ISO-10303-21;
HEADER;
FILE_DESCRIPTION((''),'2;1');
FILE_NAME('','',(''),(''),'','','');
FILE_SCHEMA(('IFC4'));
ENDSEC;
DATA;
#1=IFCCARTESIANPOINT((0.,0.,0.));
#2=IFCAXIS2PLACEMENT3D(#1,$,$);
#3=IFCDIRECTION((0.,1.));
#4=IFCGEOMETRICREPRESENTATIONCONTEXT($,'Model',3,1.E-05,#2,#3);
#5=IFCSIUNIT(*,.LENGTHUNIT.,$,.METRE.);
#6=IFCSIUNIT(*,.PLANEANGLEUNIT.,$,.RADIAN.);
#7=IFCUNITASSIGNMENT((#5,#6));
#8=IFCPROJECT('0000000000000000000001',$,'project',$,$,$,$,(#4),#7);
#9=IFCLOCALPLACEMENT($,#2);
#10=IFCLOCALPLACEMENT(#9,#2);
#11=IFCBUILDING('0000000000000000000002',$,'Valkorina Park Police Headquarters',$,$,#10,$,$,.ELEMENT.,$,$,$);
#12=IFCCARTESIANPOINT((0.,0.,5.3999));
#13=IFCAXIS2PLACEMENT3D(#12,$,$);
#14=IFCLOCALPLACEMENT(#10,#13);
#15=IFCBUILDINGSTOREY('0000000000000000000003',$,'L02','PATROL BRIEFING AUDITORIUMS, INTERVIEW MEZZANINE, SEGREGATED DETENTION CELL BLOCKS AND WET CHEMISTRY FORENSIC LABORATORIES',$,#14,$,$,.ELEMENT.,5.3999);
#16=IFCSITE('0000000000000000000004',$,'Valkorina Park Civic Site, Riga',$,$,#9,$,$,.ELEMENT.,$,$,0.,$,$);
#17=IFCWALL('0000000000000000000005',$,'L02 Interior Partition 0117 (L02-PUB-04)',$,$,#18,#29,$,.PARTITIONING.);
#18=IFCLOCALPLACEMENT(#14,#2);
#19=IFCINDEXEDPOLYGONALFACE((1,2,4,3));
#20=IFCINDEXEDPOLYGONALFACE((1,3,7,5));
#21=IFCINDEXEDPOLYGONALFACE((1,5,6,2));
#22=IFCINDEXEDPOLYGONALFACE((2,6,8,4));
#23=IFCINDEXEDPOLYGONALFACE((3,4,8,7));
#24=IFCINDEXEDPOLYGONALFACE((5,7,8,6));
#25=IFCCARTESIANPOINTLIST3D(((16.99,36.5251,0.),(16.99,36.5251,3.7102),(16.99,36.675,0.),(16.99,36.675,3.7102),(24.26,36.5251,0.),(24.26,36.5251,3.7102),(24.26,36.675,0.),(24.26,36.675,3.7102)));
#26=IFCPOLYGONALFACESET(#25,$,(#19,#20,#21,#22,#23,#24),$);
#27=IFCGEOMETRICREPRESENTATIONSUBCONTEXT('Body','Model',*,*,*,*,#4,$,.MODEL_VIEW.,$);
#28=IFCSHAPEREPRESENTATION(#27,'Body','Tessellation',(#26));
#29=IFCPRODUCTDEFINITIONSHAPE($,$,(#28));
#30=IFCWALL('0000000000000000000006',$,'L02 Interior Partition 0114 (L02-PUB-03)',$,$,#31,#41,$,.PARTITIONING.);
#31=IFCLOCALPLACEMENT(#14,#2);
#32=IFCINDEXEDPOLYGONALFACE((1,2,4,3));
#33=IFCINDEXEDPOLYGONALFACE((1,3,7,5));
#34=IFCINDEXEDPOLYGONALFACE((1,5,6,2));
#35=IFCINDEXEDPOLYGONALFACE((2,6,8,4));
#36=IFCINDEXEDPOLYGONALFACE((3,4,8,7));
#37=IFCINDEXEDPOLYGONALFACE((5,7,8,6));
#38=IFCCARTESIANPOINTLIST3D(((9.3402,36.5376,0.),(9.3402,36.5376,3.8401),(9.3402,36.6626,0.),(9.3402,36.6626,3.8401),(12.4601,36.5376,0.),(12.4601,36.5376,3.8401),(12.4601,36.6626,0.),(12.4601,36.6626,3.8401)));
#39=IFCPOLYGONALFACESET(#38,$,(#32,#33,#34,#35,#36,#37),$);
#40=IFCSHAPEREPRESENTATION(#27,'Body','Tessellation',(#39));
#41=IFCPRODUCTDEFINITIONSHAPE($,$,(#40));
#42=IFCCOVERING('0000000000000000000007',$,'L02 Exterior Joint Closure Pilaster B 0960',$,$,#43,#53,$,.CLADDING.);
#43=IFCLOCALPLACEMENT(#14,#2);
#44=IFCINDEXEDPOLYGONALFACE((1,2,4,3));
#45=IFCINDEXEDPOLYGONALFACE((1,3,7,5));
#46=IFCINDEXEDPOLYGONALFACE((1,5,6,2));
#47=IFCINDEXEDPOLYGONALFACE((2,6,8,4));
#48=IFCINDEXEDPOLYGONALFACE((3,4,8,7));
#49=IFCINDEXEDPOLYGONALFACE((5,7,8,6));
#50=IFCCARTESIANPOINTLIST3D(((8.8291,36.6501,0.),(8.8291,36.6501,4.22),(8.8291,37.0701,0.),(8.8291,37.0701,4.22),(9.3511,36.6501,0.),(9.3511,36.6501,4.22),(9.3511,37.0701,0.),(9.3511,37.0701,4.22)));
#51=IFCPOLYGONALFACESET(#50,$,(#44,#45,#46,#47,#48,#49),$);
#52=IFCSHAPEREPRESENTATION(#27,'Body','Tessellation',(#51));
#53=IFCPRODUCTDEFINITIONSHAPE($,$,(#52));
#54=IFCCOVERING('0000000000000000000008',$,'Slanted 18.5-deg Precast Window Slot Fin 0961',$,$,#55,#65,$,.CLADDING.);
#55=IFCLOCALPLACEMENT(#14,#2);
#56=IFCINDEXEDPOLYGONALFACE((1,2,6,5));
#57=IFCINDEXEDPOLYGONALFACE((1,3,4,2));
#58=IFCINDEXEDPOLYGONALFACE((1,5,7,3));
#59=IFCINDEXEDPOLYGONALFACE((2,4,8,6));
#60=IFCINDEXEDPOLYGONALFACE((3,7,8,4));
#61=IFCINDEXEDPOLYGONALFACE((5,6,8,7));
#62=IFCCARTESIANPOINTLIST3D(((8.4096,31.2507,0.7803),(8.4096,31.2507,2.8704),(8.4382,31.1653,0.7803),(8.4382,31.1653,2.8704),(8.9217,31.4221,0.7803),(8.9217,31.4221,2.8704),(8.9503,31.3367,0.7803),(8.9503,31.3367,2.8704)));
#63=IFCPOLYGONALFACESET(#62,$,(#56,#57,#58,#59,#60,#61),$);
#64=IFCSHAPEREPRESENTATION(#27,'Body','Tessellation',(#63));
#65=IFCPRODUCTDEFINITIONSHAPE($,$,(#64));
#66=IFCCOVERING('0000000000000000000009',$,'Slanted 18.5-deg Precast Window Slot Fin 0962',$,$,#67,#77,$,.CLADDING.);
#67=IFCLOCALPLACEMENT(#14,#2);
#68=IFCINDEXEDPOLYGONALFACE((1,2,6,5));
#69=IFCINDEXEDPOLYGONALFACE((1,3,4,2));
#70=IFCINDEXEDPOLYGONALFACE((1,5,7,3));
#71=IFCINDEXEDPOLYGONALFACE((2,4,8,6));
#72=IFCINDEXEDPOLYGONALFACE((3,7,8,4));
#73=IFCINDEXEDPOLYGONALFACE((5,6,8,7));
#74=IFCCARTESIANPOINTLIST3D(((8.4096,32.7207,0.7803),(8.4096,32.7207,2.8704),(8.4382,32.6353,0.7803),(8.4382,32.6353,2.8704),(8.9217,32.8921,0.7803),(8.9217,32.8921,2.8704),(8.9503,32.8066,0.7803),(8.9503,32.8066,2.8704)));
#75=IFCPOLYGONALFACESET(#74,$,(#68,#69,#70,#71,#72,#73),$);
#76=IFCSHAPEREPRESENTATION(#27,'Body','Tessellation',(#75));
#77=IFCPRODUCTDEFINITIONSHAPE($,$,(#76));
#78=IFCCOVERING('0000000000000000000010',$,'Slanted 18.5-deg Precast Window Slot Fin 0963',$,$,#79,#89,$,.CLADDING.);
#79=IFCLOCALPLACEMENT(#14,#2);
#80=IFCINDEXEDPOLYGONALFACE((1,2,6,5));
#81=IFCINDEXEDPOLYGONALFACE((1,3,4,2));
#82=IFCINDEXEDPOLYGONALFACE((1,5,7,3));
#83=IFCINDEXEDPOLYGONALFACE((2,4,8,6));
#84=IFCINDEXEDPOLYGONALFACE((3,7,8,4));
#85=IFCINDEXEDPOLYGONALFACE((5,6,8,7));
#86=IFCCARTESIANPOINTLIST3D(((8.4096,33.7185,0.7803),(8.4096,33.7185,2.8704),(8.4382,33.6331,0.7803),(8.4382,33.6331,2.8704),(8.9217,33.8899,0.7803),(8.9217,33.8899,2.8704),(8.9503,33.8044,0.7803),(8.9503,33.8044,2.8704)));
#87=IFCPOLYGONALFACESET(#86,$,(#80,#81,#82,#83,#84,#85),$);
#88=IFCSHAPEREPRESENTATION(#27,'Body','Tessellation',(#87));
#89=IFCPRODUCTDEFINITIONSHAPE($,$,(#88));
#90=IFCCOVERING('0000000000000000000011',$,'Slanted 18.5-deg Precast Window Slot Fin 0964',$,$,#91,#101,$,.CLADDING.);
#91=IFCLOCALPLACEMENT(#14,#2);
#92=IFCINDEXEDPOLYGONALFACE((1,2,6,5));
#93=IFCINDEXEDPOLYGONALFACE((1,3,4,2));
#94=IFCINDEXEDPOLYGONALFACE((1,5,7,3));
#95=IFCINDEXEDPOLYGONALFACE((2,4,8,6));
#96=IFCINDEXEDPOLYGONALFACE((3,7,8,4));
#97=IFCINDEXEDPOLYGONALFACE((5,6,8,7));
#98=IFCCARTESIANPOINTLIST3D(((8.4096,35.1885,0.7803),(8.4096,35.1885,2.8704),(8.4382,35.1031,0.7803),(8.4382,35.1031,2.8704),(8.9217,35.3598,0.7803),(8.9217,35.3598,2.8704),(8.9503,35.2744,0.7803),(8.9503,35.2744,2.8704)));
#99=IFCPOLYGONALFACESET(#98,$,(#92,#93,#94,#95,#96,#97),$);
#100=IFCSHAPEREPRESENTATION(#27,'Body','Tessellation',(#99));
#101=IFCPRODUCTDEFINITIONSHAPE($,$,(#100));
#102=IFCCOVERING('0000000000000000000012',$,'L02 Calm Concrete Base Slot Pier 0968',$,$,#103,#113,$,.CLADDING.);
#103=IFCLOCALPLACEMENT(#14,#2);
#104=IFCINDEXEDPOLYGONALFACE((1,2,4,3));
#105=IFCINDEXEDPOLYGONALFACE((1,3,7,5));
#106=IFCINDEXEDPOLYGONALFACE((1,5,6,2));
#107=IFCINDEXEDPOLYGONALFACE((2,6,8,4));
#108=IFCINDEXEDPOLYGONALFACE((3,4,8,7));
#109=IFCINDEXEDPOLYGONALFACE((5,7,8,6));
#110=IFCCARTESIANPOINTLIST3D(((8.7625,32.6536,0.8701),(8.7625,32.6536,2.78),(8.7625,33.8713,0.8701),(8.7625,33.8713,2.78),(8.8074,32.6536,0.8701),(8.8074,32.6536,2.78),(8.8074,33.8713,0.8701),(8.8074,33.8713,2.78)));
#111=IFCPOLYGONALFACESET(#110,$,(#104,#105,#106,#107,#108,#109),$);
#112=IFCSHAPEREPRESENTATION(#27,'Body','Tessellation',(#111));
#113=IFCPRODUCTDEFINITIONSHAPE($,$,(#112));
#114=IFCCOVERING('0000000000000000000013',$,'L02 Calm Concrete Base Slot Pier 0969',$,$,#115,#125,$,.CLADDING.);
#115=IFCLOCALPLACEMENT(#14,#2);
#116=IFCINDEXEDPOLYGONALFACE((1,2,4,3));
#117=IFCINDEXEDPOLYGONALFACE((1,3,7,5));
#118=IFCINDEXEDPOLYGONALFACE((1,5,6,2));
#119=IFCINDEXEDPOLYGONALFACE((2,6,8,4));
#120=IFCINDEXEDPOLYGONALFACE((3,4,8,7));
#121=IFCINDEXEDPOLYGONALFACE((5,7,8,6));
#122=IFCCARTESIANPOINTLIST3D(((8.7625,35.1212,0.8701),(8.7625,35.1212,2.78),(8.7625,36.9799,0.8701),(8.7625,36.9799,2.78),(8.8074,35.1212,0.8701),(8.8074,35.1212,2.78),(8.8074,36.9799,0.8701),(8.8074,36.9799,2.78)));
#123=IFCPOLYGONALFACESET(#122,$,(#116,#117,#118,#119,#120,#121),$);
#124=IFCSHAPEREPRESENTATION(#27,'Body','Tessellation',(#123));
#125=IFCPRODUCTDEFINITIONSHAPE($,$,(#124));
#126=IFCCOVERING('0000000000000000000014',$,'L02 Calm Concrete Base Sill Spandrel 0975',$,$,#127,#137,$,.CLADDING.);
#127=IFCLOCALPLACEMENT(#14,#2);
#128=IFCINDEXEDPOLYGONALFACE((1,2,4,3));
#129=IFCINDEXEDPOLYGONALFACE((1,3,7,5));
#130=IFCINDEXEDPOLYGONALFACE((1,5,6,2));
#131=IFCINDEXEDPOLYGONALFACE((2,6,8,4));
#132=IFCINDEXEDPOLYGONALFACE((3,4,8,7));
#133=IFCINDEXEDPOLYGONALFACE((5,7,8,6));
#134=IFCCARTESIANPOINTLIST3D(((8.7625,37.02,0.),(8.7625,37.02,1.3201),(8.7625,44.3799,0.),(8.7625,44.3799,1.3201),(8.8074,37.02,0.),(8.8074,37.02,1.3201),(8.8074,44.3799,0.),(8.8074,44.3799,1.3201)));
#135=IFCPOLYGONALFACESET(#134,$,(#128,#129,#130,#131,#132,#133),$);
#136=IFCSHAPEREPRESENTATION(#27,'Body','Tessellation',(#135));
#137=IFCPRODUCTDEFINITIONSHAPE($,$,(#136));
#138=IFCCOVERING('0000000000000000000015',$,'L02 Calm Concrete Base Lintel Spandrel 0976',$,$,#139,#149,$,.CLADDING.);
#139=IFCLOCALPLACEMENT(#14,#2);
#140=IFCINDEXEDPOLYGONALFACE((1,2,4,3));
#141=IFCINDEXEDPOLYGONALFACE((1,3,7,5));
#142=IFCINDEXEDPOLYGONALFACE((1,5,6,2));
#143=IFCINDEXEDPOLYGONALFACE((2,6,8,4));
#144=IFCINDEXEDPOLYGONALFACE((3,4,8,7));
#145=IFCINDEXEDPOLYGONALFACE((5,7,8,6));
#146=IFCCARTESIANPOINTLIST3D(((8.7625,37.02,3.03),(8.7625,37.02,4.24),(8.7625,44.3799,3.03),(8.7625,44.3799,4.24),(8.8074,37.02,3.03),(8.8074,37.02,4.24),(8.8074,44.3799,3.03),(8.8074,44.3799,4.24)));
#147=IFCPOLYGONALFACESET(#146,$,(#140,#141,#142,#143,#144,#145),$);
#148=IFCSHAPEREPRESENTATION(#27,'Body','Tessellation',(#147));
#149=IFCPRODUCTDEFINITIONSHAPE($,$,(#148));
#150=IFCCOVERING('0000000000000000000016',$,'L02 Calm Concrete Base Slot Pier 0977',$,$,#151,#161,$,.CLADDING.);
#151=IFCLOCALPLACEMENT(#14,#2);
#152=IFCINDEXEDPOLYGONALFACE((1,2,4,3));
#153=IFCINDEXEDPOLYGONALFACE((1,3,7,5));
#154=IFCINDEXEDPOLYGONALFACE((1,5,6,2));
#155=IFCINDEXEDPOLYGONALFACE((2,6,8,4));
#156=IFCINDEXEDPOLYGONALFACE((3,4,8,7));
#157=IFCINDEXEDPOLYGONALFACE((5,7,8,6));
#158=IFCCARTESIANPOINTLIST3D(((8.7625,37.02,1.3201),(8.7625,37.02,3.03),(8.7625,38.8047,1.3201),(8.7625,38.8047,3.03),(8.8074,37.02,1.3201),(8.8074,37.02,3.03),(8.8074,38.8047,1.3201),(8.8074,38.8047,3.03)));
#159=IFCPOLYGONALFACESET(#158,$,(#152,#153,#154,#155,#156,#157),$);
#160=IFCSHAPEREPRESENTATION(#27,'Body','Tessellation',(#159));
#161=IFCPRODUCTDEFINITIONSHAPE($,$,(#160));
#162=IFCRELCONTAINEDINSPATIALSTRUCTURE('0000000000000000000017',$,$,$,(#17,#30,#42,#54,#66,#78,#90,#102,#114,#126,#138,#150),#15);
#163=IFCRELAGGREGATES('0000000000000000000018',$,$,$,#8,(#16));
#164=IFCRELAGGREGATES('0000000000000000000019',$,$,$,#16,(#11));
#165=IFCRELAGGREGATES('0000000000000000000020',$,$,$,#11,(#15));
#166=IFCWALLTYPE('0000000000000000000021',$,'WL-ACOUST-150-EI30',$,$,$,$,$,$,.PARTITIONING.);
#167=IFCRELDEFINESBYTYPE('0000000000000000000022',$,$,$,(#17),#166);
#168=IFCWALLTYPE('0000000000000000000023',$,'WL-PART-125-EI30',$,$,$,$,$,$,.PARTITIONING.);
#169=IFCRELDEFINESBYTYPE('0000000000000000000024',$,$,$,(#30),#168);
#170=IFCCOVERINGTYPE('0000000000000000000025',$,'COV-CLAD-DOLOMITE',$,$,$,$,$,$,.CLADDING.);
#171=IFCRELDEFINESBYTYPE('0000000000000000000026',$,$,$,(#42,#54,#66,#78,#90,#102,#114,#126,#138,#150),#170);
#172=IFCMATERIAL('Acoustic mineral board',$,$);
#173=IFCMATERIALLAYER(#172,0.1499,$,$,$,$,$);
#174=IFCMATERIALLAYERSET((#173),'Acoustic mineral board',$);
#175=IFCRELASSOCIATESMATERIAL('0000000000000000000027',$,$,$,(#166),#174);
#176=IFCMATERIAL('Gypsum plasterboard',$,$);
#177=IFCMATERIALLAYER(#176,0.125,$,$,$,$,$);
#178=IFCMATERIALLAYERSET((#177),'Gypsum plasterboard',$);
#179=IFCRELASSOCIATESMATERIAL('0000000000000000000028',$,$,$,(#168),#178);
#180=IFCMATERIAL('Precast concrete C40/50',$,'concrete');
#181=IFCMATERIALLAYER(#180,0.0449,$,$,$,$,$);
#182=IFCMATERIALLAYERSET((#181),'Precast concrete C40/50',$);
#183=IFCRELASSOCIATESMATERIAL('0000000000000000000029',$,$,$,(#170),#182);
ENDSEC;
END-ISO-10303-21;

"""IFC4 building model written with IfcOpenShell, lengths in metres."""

from ifc_helpers import new_model, si_unit, direction, frame, frame_2d, origin, origin_2d, place, context, subcontext, project, spatial, rectangle, extrude, material, layer, layer_set, type_object, element, save


model = new_model("IFC4")

# Units and contexts
model_context = context("Model", 3, precision=1e-05, world=origin(), true_north=direction((0.0, 1.0)))
body_context = subcontext(model_context, "Body", "Model", "MODEL_VIEW")
ifc_project = project(units=[si_unit("LENGTHUNIT", "METRE"), si_unit("PLANEANGLEUNIT", "RADIAN")], contexts=[model_context])

# Site, building, storey
site_placement = place(None, origin())
site = spatial("IfcSite", under=ifc_project, at=site_placement, Name="Valkorina Park Civic Site, Riga", CompositionType="ELEMENT", RefElevation=0.0)
building_placement = place(site_placement, origin())
building = spatial("IfcBuilding", under=site, at=building_placement, Name="Valkorina Park Police Headquarters", CompositionType="ELEMENT")
storey_placement = place(building_placement, frame((0.0, 0.0, 5.3999)))
storey = spatial("IfcBuildingStorey", under=building, at=storey_placement, Name="L02", Description="PATROL BRIEFING AUDITORIUMS, INTERVIEW MEZZANINE, SEGREGATED DETENTION CELL BLOCKS AND WET CHEMISTRY FORENSIC LABORATORIES", CompositionType="ELEMENT", Elevation=5.3999)

# Walls
ifc_material_1 = material(Name="Acoustic mineral board")
ifc_layer_1 = layer(ifc_material_1, 0.1499)
ifc_layer_set_1 = layer_set([ifc_layer_1], Name="Acoustic mineral board")
wall_type_1 = type_object("IfcWallType", Name="WL-ACOUST-150-EI30", PredefinedType="PARTITIONING", material=ifc_layer_set_1)
wall_1_placement = place(storey_placement, frame((16.99, 36.6001, 0.0), z_axis=(0.0, 0.0, 1.0), x_axis=(1.0, 0.0, 0.0)))
element("IfcWall", 1, at=wall_1_placement, inside=storey, type_object=wall_type_1, Name="L02 Interior Partition 0117 (L02-PUB-04)", PredefinedType="PARTITIONING", context=body_context, shape_type="SweptSolid", body=[
    extrude(rectangle(XDim=7.27, YDim=0.1499, at=frame_2d((3.635, 0.0))), origin(), (0.0, 0.0, 1.0), 3.7102),
])
ifc_material_2 = material(Name="Gypsum plasterboard")
ifc_layer_2 = layer(ifc_material_2, 0.125)
ifc_layer_set_2 = layer_set([ifc_layer_2], Name="Gypsum plasterboard")
wall_type_2 = type_object("IfcWallType", Name="WL-PART-125-EI30", PredefinedType="PARTITIONING", material=ifc_layer_set_2)
wall_2_placement = place(storey_placement, frame((9.3401, 36.6001, 0.0), z_axis=(0.0, 0.0, 1.0), x_axis=(1.0, 0.0, 0.0)))
element("IfcWall", 2, at=wall_2_placement, inside=storey, type_object=wall_type_2, Name="L02 Interior Partition 0114 (L02-PUB-03)", PredefinedType="PARTITIONING", context=body_context, shape_type="SweptSolid", body=[
    extrude(rectangle(XDim=3.1199, YDim=0.125, at=frame_2d((1.5601, 0.0))), origin(), (0.0, 0.0, 1.0), 3.8401),
])

# Coverings
ifc_material_3 = material(Name="Precast concrete C40/50", Category="concrete")
ifc_layer_3 = layer(ifc_material_3, 0.0449)
ifc_layer_set_3 = layer_set([ifc_layer_3], Name="Precast concrete C40/50")
covering_type = type_object("IfcCoveringType", Name="COV-CLAD-DOLOMITE", PredefinedType="CLADDING", material=ifc_layer_set_3)
covering_1_placement = place(storey_placement, frame((9.0901, 36.8601, 0.0), z_axis=(0.0, 0.0, 1.0), x_axis=(0.0, 1.0, 0.0)))
element("IfcCovering", 3, at=covering_1_placement, inside=storey, type_object=covering_type, Name="L02 Exterior Joint Closure Pilaster B 0960", PredefinedType="CLADDING", context=body_context, shape_type="SweptSolid", body=[
    extrude(rectangle(XDim=0.4199, YDim=0.522, at=origin_2d()), origin(), (0.0, 0.0, 1.0), 4.22),
])
for number, where, z_axis, x_axis, name in (
    (4, (8.6799, 31.2937, 0.7803), (0.0, 0.0, 1.0), (-0.948324, -0.317305, 0.0), "Slanted 18.5-deg Precast Window Slot Fin 0961"),
    (5, (8.6799, 32.7637, 0.7803), (0.0, 0.0, 1.0), (-0.948324, -0.317305, 0.0), "Slanted 18.5-deg Precast Window Slot Fin 0962"),
    (6, (8.6799, 33.7615, 0.7803), (0.0, 0.0, 1.0), (-0.948324, -0.317305, 0.0), "Slanted 18.5-deg Precast Window Slot Fin 0963"),
    (7, (8.6799, 35.2314, 0.7803), (0.0, 0.0, 1.0), (-0.948324, -0.317305, 0.0), "Slanted 18.5-deg Precast Window Slot Fin 0964"),
):
    element("IfcCovering", number, at=place(storey_placement, frame(where, z_axis=z_axis, x_axis=x_axis)), inside=storey, type_object=covering_type, Name=name, PredefinedType="CLADDING", context=body_context, shape_type="SweptSolid", body=[
        extrude(rectangle(XDim=0.54, YDim=0.0901, at=origin_2d()), origin(), (0.0, 0.0, 1.0), 2.0901),
    ])
covering_2_placement = place(storey_placement, frame((8.7849, 32.6536, 0.8701), z_axis=(0.0, 0.0, 1.0), x_axis=(0.0, 1.0, 0.0)))
element("IfcCovering", 8, at=covering_2_placement, inside=storey, type_object=covering_type, Name="L02 Calm Concrete Base Slot Pier 0968", PredefinedType="CLADDING", context=body_context, shape_type="SweptSolid", body=[
    extrude(rectangle(XDim=1.2178, YDim=0.0449, at=frame_2d((0.6089, 0.0))), origin(), (0.0, 0.0, 1.0), 1.9099),
])
covering_3_placement = place(storey_placement, frame((8.7849, 35.1213, 0.8701), z_axis=(0.0, 0.0, 1.0), x_axis=(0.0, 1.0, 0.0)))
element("IfcCovering", 9, at=covering_3_placement, inside=storey, type_object=covering_type, Name="L02 Calm Concrete Base Slot Pier 0969", PredefinedType="CLADDING", context=body_context, shape_type="SweptSolid", body=[
    extrude(rectangle(XDim=1.8586, YDim=0.0449, at=frame_2d((0.9292, 0.0))), origin(), (0.0, 0.0, 1.0), 1.9099),
])
covering_4_placement = place(storey_placement, frame((8.7849, 37.02, 0.0), z_axis=(0.0, 0.0, 1.0), x_axis=(0.0, 1.0, 0.0)))
element("IfcCovering", 10, at=covering_4_placement, inside=storey, type_object=covering_type, Name="L02 Calm Concrete Base Sill Spandrel 0975", PredefinedType="CLADDING", context=body_context, shape_type="SweptSolid", body=[
    extrude(rectangle(XDim=7.3599, YDim=0.0449, at=frame_2d((3.6799, 0.0))), origin(), (0.0, 0.0, 1.0), 1.3201),
])
covering_5_placement = place(storey_placement, frame((8.7849, 37.02, 3.03), z_axis=(0.0, 0.0, 1.0), x_axis=(0.0, 1.0, 0.0)))
element("IfcCovering", 11, at=covering_5_placement, inside=storey, type_object=covering_type, Name="L02 Calm Concrete Base Lintel Spandrel 0976", PredefinedType="CLADDING", context=body_context, shape_type="SweptSolid", body=[
    extrude(rectangle(XDim=7.3599, YDim=0.0449, at=frame_2d((3.6799, 0.0))), origin(), (0.0, 0.0, 1.0), 1.21),
])
covering_6_placement = place(storey_placement, frame((8.7849, 37.02, 1.3201), z_axis=(0.0, 0.0, 1.0), x_axis=(0.0, 1.0, 0.0)))
element("IfcCovering", 12, at=covering_6_placement, inside=storey, type_object=covering_type, Name="L02 Calm Concrete Base Slot Pier 0977", PredefinedType="CLADDING", context=body_context, shape_type="SweptSolid", body=[
    extrude(rectangle(XDim=1.7847, YDim=0.0449, at=frame_2d((0.8923, 0.0))), origin(), (0.0, 0.0, 1.0), 1.71),
])

save(model, "model.ifc")
